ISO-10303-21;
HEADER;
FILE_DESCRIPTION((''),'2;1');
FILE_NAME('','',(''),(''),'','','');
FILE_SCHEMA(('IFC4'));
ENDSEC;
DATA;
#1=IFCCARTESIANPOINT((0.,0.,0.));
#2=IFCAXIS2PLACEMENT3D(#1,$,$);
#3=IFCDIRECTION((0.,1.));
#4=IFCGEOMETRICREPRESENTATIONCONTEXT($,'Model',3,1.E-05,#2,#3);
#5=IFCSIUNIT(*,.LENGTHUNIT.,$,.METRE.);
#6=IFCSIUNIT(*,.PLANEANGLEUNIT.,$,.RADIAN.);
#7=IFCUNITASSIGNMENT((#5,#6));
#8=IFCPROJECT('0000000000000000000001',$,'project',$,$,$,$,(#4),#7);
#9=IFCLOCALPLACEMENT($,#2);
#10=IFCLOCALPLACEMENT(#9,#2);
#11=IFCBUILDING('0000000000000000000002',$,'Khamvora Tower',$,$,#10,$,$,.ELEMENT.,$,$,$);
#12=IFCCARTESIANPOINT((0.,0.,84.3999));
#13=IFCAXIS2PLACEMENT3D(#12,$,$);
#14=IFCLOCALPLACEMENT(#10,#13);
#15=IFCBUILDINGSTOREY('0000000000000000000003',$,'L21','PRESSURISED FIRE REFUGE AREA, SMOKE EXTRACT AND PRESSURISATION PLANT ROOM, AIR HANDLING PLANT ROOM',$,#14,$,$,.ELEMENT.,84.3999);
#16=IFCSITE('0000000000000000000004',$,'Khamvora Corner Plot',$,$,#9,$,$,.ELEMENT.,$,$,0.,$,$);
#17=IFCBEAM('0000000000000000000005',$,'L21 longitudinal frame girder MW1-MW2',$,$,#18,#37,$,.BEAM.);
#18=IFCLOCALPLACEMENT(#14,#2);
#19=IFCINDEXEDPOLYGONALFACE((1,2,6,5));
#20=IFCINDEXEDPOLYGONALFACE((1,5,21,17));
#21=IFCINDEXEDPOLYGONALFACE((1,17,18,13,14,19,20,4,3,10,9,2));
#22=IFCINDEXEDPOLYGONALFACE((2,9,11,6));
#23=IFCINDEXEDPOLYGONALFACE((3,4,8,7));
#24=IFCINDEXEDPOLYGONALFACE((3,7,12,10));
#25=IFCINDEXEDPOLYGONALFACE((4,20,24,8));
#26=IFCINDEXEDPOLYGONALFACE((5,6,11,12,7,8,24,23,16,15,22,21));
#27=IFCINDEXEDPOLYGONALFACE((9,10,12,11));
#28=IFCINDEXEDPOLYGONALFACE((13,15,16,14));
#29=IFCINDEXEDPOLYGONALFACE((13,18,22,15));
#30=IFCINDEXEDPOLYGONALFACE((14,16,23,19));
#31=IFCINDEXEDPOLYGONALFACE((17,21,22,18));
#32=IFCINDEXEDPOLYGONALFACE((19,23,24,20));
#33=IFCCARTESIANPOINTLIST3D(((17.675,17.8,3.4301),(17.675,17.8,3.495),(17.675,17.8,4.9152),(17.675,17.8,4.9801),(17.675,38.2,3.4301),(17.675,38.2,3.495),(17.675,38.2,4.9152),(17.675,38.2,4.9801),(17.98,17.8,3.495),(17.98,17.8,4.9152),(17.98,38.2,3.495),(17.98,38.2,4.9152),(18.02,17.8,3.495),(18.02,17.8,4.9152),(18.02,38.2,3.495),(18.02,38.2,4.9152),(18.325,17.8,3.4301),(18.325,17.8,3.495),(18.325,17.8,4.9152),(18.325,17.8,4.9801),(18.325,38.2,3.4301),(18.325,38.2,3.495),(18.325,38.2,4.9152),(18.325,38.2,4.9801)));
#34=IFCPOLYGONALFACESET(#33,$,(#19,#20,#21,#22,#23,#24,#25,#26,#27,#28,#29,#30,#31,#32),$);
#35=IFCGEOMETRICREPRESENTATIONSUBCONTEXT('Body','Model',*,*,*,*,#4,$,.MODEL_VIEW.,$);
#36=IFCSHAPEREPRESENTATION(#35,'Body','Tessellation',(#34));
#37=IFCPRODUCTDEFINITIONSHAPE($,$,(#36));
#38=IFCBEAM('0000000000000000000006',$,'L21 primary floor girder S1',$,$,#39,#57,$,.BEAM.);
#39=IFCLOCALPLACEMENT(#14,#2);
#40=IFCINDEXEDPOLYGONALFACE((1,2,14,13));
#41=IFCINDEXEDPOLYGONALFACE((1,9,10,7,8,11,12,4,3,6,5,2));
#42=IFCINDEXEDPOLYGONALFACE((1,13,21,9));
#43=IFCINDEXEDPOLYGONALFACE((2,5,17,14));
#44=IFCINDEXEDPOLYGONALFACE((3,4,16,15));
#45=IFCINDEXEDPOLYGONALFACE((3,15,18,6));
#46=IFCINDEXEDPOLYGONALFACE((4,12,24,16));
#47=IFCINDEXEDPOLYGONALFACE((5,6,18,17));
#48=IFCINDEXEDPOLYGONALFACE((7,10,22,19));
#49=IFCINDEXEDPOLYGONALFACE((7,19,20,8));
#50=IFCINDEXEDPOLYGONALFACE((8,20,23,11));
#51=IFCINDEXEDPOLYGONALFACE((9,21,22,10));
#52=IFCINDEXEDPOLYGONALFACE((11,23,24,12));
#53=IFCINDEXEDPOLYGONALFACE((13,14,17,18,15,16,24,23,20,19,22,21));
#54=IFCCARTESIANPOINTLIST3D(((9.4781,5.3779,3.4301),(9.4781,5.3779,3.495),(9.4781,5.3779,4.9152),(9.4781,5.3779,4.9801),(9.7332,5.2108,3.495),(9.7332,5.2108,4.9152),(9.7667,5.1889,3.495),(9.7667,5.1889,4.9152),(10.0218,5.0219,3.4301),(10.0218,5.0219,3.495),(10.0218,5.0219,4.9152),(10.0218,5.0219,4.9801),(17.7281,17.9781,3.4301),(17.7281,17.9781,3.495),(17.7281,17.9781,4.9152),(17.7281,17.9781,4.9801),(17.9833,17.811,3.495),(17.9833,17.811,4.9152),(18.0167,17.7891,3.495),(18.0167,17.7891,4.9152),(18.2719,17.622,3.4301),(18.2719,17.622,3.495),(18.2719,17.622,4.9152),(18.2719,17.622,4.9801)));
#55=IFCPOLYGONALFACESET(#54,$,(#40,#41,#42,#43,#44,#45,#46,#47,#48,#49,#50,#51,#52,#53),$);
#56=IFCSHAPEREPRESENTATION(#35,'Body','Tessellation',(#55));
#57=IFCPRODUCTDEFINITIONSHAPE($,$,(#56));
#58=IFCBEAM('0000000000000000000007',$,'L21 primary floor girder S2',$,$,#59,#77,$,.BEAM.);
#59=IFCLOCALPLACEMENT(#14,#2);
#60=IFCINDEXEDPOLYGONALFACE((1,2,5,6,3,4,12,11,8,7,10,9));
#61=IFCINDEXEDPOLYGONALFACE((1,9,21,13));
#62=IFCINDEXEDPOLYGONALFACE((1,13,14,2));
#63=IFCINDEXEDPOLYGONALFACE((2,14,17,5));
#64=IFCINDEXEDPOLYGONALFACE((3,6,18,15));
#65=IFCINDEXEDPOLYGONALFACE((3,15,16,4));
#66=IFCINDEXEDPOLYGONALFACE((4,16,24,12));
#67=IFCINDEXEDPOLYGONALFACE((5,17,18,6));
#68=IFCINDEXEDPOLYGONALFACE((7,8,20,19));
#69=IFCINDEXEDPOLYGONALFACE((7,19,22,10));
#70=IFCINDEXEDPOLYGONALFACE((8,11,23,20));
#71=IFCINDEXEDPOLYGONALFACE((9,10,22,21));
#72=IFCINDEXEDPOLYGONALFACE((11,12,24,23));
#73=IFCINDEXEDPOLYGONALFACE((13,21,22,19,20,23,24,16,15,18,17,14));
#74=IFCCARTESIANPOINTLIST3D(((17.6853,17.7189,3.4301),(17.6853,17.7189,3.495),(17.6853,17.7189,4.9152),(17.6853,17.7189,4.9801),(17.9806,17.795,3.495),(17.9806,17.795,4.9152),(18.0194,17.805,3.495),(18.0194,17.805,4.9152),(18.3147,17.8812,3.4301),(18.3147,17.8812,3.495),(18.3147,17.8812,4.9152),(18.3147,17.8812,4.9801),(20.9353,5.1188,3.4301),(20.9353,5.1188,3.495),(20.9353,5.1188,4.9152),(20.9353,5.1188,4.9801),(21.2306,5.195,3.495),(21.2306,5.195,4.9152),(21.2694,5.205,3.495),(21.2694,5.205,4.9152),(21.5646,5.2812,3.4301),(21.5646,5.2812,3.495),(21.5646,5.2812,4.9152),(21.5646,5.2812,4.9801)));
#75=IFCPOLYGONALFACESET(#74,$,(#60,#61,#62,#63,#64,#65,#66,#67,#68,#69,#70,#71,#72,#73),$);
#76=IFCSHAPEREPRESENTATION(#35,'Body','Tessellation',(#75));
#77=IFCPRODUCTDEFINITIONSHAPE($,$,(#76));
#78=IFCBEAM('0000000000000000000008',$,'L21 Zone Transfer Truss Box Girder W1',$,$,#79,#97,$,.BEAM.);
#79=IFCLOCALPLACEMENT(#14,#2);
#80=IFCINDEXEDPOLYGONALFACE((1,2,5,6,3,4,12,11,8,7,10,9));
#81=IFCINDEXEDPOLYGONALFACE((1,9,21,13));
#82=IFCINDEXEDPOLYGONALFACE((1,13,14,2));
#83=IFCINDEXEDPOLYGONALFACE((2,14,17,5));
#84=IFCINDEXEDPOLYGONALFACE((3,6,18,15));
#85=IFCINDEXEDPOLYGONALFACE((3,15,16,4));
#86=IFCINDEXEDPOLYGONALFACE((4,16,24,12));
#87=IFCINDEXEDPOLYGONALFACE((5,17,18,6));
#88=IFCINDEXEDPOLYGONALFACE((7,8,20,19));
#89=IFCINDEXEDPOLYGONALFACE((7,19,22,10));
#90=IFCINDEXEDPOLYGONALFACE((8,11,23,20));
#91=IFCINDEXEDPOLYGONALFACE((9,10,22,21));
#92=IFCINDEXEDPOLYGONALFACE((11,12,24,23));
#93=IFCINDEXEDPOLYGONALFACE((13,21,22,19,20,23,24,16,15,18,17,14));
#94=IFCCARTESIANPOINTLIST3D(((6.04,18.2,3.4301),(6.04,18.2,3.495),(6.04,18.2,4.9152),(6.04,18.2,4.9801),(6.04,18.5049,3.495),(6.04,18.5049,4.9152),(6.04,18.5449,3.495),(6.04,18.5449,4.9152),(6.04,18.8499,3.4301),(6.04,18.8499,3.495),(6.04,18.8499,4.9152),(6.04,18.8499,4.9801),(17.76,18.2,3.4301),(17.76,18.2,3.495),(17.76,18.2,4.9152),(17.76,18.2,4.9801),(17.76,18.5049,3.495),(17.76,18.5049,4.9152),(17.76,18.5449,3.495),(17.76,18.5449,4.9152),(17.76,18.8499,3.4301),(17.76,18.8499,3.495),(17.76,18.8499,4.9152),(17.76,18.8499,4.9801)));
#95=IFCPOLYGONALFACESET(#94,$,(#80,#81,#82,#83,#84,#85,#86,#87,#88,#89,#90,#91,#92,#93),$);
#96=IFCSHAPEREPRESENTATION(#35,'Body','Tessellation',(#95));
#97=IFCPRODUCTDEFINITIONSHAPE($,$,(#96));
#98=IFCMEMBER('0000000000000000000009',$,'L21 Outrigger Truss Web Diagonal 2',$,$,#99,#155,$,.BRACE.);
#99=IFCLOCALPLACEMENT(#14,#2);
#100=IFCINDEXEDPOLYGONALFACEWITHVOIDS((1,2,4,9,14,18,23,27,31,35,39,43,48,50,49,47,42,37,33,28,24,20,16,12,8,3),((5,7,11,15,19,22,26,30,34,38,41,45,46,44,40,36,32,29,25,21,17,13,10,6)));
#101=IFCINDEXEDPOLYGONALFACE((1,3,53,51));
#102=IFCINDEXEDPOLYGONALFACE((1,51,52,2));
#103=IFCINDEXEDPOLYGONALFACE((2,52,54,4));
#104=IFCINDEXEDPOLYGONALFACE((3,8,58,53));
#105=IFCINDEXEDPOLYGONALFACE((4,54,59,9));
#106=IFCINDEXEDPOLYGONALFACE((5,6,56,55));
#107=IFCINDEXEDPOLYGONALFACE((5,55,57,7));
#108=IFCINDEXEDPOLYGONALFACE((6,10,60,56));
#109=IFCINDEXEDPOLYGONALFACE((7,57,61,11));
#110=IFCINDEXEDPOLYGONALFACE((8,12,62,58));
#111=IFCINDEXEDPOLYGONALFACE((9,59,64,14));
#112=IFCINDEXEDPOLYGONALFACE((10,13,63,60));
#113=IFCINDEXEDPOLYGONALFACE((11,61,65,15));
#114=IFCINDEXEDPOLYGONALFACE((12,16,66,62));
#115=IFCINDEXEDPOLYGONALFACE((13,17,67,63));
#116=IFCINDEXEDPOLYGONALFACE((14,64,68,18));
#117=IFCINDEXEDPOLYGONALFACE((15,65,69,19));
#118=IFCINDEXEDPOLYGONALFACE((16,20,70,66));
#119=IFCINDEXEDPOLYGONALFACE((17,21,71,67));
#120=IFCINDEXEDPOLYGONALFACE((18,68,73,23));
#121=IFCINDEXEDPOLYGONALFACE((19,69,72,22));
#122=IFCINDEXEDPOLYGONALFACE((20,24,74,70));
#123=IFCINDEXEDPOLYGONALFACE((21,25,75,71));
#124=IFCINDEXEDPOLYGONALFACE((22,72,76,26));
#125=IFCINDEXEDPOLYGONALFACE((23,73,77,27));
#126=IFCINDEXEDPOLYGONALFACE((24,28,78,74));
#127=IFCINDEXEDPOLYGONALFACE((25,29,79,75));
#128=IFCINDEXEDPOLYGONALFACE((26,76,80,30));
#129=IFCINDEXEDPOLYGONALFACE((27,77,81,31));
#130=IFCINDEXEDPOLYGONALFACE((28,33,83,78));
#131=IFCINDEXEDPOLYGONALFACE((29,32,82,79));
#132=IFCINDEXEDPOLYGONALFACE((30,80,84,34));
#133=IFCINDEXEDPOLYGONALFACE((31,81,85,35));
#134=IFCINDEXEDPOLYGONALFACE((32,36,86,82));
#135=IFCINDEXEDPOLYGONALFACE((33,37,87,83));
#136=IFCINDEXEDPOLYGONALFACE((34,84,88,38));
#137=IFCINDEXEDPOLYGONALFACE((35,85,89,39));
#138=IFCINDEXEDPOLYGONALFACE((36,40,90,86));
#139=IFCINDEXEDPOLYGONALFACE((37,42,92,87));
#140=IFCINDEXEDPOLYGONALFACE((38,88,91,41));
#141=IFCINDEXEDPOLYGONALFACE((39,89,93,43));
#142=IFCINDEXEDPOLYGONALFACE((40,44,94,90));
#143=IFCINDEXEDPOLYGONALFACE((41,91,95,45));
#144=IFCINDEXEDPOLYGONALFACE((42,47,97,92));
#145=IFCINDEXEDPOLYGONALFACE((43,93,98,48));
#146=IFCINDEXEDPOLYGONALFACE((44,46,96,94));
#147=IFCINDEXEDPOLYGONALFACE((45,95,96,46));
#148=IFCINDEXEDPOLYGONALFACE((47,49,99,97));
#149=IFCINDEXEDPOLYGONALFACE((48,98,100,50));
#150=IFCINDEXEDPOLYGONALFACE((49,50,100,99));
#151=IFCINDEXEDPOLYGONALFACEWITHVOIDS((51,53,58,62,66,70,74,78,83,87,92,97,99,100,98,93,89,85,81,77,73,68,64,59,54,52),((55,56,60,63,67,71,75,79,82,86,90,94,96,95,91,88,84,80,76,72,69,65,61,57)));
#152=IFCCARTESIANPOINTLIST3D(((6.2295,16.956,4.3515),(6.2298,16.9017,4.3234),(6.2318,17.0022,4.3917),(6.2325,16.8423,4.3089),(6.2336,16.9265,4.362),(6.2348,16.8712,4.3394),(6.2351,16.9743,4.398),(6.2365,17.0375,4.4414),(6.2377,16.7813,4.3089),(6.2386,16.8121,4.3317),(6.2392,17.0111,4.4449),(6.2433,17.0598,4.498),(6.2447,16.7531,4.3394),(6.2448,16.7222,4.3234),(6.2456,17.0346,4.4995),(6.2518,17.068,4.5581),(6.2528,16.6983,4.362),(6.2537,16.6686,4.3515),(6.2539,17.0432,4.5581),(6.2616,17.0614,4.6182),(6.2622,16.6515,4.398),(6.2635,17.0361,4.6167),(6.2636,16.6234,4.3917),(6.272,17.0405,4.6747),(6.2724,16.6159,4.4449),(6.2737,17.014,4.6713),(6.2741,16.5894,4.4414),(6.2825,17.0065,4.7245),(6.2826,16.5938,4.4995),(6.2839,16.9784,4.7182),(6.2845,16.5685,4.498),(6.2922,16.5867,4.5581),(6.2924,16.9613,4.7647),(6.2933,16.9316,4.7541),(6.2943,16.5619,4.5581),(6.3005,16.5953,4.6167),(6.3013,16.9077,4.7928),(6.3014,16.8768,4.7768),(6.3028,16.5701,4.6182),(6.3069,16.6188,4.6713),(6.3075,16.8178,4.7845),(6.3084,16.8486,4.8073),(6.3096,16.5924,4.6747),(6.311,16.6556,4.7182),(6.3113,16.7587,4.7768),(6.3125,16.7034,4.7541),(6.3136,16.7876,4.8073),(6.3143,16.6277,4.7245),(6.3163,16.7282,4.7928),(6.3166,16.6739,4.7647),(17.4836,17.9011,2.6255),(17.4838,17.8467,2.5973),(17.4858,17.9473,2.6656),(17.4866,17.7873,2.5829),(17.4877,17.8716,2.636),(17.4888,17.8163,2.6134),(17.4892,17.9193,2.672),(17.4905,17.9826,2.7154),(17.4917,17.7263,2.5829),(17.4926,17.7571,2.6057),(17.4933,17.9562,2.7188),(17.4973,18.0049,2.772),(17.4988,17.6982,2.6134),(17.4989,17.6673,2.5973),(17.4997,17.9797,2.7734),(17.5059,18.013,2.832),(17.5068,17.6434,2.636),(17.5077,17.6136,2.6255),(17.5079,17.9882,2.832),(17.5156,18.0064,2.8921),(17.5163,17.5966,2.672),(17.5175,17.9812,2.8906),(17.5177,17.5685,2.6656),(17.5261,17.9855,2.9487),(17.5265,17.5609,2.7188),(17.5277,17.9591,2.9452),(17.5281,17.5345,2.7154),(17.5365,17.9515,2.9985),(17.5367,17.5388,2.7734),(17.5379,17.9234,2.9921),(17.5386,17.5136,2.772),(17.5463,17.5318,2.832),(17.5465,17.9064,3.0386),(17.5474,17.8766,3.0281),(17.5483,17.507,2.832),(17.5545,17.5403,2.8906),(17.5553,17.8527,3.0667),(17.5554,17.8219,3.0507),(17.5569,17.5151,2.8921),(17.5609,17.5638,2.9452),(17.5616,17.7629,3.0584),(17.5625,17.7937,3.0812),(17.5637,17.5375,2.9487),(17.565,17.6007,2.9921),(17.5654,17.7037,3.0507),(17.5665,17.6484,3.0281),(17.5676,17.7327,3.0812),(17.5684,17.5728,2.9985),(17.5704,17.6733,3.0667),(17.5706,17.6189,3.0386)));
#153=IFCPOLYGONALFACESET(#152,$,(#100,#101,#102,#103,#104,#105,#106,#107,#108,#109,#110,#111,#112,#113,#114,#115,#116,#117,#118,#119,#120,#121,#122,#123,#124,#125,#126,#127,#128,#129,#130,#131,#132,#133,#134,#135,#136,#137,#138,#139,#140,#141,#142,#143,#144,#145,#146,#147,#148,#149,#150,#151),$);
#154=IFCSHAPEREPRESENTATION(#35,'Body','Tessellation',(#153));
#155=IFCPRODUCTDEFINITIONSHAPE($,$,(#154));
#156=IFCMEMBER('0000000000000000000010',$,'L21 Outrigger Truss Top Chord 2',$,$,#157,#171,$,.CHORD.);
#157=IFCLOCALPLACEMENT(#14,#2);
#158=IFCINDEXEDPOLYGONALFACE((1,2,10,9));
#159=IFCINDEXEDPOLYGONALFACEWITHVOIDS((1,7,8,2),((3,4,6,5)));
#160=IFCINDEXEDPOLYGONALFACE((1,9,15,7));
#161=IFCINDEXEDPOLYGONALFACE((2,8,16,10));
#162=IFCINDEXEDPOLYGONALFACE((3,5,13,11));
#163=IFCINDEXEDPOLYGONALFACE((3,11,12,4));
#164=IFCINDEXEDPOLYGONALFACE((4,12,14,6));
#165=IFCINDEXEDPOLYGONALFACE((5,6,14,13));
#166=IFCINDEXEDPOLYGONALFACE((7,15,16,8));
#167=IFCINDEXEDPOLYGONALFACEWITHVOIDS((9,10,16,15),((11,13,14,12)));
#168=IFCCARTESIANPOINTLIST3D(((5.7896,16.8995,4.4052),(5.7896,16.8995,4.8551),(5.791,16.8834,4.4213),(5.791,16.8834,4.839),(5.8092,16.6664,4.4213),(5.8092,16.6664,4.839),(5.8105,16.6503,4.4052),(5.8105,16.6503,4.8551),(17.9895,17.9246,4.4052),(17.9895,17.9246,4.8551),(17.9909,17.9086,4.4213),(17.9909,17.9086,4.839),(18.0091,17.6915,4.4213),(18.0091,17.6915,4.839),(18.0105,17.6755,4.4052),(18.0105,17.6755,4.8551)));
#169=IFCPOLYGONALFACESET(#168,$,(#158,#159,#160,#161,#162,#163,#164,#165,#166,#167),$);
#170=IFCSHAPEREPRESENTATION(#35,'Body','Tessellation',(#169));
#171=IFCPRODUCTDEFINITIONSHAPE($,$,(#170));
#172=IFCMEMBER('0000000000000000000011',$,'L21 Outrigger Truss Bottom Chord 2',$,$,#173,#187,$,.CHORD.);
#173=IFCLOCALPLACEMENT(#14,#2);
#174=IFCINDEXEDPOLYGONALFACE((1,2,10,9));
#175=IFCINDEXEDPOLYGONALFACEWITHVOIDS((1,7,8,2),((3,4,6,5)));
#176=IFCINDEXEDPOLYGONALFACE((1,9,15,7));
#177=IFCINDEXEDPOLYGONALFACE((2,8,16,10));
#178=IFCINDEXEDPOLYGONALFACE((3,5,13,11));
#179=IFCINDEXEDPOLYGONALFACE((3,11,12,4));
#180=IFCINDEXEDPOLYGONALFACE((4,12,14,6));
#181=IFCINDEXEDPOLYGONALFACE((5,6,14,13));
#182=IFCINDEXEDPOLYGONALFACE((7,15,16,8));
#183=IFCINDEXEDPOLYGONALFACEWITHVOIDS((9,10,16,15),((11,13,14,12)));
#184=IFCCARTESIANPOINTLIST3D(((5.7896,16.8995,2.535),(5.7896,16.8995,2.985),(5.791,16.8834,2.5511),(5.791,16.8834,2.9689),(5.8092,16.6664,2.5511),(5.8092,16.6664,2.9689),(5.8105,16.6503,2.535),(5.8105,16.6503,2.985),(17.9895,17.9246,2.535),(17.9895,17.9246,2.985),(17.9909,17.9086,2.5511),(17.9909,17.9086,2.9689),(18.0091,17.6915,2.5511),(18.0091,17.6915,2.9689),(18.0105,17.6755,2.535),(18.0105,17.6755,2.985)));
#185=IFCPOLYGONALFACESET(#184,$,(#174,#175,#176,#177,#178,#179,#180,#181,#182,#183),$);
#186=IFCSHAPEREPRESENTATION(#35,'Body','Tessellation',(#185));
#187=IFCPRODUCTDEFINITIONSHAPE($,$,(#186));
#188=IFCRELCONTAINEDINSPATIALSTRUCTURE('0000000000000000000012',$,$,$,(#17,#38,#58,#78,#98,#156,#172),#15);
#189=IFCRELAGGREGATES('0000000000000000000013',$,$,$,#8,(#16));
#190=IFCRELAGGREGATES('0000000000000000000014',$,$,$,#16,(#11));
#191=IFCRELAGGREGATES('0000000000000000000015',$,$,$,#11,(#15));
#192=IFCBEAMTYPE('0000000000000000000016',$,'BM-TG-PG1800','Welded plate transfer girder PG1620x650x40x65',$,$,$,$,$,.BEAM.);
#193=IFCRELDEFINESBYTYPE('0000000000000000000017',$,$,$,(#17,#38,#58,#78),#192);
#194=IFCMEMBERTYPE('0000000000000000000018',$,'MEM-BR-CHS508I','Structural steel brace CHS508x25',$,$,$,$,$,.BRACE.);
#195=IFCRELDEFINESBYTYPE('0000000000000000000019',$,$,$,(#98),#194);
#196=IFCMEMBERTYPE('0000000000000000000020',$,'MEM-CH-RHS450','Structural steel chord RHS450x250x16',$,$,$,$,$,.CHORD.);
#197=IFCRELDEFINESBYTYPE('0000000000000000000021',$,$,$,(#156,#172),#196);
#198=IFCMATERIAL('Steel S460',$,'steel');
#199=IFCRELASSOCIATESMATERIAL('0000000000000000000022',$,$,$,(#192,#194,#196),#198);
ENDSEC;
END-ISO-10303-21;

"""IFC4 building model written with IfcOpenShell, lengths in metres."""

from ifc_helpers import new_model, si_unit, direction, frame, origin, origin_2d, place, context, subcontext, project, spatial, hollow_rectangle, hollow_circle, i_section, extrude, material, material_profile, profile_set, type_object, element, save


model = new_model("IFC4")

# Units and contexts
model_context = context("Model", 3, precision=1e-05, world=origin(), true_north=direction((0.0, 1.0)))
body_context = subcontext(model_context, "Body", "Model", "MODEL_VIEW")
ifc_project = project(units=[si_unit("LENGTHUNIT", "METRE"), si_unit("PLANEANGLEUNIT", "RADIAN")], contexts=[model_context])

# Site, building, storey
site_placement = place(None, origin())
site = spatial("IfcSite", under=ifc_project, at=site_placement, Name="Khamvora Corner Plot", CompositionType="ELEMENT", RefElevation=0.0)
building_placement = place(site_placement, origin())
building = spatial("IfcBuilding", under=site, at=building_placement, Name="Khamvora Tower", CompositionType="ELEMENT")
storey_placement = place(building_placement, frame((0.0, 0.0, 84.3999)))
storey = spatial("IfcBuildingStorey", under=building, at=storey_placement, Name="L21", Description="PRESSURISED FIRE REFUGE AREA, SMOKE EXTRACT AND PRESSURISATION PLANT ROOM, AIR HANDLING PLANT ROOM", CompositionType="ELEMENT", Elevation=84.3999)

# Beams
ifc_material_1 = material(Name="Steel S460", Category="steel")
ifc_material_profile_1 = material_profile(ifc_material_1, i_section(OverallWidth=0.6499, OverallDepth=1.55, WebThickness=0.04, FlangeThickness=0.0649, at=origin_2d()), Name="PG1550x650x40x65")
ifc_profile_set_1 = profile_set([ifc_material_profile_1], Name="Steel S460")
beam_type_1 = type_object("IfcBeamType", Name="BM-TG-PG1800", Description="Welded plate transfer girder PG1620x650x40x65", PredefinedType="BEAM", material=ifc_profile_set_1)
beam_1_placement = place(storey_placement, frame((18.0, 17.8, 4.2051), z_axis=(0.0, 1.0, 0.0), x_axis=(-1.0, 0.0, 0.0)))
element("IfcBeam", 1, at=beam_1_placement, inside=storey, type_object=beam_type_1, Name="L21 longitudinal frame girder MW1-MW2", PredefinedType="BEAM", context=body_context, shape_type="SweptSolid", body=[
    extrude(i_section(OverallWidth=0.6499, OverallDepth=1.55, WebThickness=0.04, FlangeThickness=0.0649, at=origin_2d()), origin(), (0.0, 0.0, 1.0), 20.3999),
])
beam_2_placement = place(storey_placement, frame((18.0, 17.8, 4.2051), z_axis=(-0.547783, -0.83662, 0.0), x_axis=(0.83662, -0.547783, 0.0)))
element("IfcBeam", 2, at=beam_2_placement, inside=storey, type_object=beam_type_1, Name="L21 primary floor girder S1", PredefinedType="BEAM", context=body_context, shape_type="SweptSolid", body=[
    extrude(i_section(OverallWidth=0.6499, OverallDepth=1.55, WebThickness=0.04, FlangeThickness=0.0649, at=origin_2d()), origin(), (0.0, 0.0, 1.0), 15.0608),
])
beam_3_placement = place(storey_placement, frame((18.0, 17.8, 4.2051), z_axis=(0.24976, -0.968308, 0.0), x_axis=(0.968308, 0.24976, 0.0)))
element("IfcBeam", 3, at=beam_3_placement, inside=storey, type_object=beam_type_1, Name="L21 primary floor girder S2", PredefinedType="BEAM", context=body_context, shape_type="SweptSolid", body=[
    extrude(i_section(OverallWidth=0.6499, OverallDepth=1.55, WebThickness=0.04, FlangeThickness=0.0649, at=origin_2d()), origin(), (0.0, 0.0, 1.0), 13.0125),
])
beam_4_placement = place(storey_placement, frame((6.04, 18.5249, 4.2051), z_axis=(1.0, 0.0, 0.0), x_axis=(0.0, 1.0, 0.0)))
element("IfcBeam", 4, at=beam_4_placement, inside=storey, type_object=beam_type_1, Name="L21 Zone Transfer Truss Box Girder W1", PredefinedType="BEAM", context=body_context, shape_type="SweptSolid", body=[
    extrude(i_section(OverallWidth=0.6499, OverallDepth=1.55, WebThickness=0.04, FlangeThickness=0.0649, at=origin_2d()), origin(), (0.0, 0.0, 1.0), 11.72),
])

# Members
ifc_material_profile_2 = material_profile(ifc_material_1, hollow_circle(Radius=0.2539, WallThickness=0.0249, at=origin_2d()), Name="CHS508x25")
ifc_profile_set_2 = profile_set([ifc_material_profile_2], Name="Steel S460")
member_type_1 = type_object("IfcMemberType", Name="MEM-BR-CHS508I", Description="Structural steel brace CHS508x25", PredefinedType="BRACE", material=ifc_profile_set_2)
member_placement = place(storey_placement, frame((17.5271, 17.76, 2.832), z_axis=(-0.985054, -0.08272, 0.15108), x_axis=(0.083681, -0.996493, 0.0)))
element("IfcMember", 5, at=member_placement, inside=storey, type_object=member_type_1, Name="L21 Outrigger Truss Web Diagonal 2", PredefinedType="BRACE", context=body_context, shape_type="SweptSolid", body=[
    extrude(hollow_circle(Radius=0.2539, WallThickness=0.0249, at=origin_2d()), origin(), (0.0, 0.0, 1.0), 11.4248),
])
ifc_material_profile_3 = material_profile(ifc_material_1, hollow_rectangle(XDim=0.25, YDim=0.45, WallThickness=0.0161, at=origin_2d()), Name="RHS450x250x16")
ifc_profile_set_3 = profile_set([ifc_material_profile_3], Name="Steel S460")
member_type_2 = type_object("IfcMemberType", Name="MEM-CH-RHS450", Description="Structural steel chord RHS450x250x16", PredefinedType="CHORD", material=ifc_profile_set_3)
for number, where, z_axis, x_axis, name in (
    (6, (18.0, 17.8, 4.6301), (-0.996488, -0.083734, 0.0), (0.083734, -0.996488, 0.0), "L21 Outrigger Truss Top Chord 2"),
    (7, (18.0, 17.8, 2.76), (-0.996488, -0.083734, 0.0), (0.083734, -0.996488, 0.0), "L21 Outrigger Truss Bottom Chord 2"),
):
    element("IfcMember", number, at=place(storey_placement, frame(where, z_axis=z_axis, x_axis=x_axis)), inside=storey, type_object=member_type_2, Name=name, PredefinedType="CHORD", context=body_context, shape_type="SweptSolid", body=[
        extrude(hollow_rectangle(XDim=0.25, YDim=0.45, WallThickness=0.0161, at=origin_2d()), origin(), (0.0, 0.0, 1.0), 12.2429),
    ])

save(model, "model.ifc")
